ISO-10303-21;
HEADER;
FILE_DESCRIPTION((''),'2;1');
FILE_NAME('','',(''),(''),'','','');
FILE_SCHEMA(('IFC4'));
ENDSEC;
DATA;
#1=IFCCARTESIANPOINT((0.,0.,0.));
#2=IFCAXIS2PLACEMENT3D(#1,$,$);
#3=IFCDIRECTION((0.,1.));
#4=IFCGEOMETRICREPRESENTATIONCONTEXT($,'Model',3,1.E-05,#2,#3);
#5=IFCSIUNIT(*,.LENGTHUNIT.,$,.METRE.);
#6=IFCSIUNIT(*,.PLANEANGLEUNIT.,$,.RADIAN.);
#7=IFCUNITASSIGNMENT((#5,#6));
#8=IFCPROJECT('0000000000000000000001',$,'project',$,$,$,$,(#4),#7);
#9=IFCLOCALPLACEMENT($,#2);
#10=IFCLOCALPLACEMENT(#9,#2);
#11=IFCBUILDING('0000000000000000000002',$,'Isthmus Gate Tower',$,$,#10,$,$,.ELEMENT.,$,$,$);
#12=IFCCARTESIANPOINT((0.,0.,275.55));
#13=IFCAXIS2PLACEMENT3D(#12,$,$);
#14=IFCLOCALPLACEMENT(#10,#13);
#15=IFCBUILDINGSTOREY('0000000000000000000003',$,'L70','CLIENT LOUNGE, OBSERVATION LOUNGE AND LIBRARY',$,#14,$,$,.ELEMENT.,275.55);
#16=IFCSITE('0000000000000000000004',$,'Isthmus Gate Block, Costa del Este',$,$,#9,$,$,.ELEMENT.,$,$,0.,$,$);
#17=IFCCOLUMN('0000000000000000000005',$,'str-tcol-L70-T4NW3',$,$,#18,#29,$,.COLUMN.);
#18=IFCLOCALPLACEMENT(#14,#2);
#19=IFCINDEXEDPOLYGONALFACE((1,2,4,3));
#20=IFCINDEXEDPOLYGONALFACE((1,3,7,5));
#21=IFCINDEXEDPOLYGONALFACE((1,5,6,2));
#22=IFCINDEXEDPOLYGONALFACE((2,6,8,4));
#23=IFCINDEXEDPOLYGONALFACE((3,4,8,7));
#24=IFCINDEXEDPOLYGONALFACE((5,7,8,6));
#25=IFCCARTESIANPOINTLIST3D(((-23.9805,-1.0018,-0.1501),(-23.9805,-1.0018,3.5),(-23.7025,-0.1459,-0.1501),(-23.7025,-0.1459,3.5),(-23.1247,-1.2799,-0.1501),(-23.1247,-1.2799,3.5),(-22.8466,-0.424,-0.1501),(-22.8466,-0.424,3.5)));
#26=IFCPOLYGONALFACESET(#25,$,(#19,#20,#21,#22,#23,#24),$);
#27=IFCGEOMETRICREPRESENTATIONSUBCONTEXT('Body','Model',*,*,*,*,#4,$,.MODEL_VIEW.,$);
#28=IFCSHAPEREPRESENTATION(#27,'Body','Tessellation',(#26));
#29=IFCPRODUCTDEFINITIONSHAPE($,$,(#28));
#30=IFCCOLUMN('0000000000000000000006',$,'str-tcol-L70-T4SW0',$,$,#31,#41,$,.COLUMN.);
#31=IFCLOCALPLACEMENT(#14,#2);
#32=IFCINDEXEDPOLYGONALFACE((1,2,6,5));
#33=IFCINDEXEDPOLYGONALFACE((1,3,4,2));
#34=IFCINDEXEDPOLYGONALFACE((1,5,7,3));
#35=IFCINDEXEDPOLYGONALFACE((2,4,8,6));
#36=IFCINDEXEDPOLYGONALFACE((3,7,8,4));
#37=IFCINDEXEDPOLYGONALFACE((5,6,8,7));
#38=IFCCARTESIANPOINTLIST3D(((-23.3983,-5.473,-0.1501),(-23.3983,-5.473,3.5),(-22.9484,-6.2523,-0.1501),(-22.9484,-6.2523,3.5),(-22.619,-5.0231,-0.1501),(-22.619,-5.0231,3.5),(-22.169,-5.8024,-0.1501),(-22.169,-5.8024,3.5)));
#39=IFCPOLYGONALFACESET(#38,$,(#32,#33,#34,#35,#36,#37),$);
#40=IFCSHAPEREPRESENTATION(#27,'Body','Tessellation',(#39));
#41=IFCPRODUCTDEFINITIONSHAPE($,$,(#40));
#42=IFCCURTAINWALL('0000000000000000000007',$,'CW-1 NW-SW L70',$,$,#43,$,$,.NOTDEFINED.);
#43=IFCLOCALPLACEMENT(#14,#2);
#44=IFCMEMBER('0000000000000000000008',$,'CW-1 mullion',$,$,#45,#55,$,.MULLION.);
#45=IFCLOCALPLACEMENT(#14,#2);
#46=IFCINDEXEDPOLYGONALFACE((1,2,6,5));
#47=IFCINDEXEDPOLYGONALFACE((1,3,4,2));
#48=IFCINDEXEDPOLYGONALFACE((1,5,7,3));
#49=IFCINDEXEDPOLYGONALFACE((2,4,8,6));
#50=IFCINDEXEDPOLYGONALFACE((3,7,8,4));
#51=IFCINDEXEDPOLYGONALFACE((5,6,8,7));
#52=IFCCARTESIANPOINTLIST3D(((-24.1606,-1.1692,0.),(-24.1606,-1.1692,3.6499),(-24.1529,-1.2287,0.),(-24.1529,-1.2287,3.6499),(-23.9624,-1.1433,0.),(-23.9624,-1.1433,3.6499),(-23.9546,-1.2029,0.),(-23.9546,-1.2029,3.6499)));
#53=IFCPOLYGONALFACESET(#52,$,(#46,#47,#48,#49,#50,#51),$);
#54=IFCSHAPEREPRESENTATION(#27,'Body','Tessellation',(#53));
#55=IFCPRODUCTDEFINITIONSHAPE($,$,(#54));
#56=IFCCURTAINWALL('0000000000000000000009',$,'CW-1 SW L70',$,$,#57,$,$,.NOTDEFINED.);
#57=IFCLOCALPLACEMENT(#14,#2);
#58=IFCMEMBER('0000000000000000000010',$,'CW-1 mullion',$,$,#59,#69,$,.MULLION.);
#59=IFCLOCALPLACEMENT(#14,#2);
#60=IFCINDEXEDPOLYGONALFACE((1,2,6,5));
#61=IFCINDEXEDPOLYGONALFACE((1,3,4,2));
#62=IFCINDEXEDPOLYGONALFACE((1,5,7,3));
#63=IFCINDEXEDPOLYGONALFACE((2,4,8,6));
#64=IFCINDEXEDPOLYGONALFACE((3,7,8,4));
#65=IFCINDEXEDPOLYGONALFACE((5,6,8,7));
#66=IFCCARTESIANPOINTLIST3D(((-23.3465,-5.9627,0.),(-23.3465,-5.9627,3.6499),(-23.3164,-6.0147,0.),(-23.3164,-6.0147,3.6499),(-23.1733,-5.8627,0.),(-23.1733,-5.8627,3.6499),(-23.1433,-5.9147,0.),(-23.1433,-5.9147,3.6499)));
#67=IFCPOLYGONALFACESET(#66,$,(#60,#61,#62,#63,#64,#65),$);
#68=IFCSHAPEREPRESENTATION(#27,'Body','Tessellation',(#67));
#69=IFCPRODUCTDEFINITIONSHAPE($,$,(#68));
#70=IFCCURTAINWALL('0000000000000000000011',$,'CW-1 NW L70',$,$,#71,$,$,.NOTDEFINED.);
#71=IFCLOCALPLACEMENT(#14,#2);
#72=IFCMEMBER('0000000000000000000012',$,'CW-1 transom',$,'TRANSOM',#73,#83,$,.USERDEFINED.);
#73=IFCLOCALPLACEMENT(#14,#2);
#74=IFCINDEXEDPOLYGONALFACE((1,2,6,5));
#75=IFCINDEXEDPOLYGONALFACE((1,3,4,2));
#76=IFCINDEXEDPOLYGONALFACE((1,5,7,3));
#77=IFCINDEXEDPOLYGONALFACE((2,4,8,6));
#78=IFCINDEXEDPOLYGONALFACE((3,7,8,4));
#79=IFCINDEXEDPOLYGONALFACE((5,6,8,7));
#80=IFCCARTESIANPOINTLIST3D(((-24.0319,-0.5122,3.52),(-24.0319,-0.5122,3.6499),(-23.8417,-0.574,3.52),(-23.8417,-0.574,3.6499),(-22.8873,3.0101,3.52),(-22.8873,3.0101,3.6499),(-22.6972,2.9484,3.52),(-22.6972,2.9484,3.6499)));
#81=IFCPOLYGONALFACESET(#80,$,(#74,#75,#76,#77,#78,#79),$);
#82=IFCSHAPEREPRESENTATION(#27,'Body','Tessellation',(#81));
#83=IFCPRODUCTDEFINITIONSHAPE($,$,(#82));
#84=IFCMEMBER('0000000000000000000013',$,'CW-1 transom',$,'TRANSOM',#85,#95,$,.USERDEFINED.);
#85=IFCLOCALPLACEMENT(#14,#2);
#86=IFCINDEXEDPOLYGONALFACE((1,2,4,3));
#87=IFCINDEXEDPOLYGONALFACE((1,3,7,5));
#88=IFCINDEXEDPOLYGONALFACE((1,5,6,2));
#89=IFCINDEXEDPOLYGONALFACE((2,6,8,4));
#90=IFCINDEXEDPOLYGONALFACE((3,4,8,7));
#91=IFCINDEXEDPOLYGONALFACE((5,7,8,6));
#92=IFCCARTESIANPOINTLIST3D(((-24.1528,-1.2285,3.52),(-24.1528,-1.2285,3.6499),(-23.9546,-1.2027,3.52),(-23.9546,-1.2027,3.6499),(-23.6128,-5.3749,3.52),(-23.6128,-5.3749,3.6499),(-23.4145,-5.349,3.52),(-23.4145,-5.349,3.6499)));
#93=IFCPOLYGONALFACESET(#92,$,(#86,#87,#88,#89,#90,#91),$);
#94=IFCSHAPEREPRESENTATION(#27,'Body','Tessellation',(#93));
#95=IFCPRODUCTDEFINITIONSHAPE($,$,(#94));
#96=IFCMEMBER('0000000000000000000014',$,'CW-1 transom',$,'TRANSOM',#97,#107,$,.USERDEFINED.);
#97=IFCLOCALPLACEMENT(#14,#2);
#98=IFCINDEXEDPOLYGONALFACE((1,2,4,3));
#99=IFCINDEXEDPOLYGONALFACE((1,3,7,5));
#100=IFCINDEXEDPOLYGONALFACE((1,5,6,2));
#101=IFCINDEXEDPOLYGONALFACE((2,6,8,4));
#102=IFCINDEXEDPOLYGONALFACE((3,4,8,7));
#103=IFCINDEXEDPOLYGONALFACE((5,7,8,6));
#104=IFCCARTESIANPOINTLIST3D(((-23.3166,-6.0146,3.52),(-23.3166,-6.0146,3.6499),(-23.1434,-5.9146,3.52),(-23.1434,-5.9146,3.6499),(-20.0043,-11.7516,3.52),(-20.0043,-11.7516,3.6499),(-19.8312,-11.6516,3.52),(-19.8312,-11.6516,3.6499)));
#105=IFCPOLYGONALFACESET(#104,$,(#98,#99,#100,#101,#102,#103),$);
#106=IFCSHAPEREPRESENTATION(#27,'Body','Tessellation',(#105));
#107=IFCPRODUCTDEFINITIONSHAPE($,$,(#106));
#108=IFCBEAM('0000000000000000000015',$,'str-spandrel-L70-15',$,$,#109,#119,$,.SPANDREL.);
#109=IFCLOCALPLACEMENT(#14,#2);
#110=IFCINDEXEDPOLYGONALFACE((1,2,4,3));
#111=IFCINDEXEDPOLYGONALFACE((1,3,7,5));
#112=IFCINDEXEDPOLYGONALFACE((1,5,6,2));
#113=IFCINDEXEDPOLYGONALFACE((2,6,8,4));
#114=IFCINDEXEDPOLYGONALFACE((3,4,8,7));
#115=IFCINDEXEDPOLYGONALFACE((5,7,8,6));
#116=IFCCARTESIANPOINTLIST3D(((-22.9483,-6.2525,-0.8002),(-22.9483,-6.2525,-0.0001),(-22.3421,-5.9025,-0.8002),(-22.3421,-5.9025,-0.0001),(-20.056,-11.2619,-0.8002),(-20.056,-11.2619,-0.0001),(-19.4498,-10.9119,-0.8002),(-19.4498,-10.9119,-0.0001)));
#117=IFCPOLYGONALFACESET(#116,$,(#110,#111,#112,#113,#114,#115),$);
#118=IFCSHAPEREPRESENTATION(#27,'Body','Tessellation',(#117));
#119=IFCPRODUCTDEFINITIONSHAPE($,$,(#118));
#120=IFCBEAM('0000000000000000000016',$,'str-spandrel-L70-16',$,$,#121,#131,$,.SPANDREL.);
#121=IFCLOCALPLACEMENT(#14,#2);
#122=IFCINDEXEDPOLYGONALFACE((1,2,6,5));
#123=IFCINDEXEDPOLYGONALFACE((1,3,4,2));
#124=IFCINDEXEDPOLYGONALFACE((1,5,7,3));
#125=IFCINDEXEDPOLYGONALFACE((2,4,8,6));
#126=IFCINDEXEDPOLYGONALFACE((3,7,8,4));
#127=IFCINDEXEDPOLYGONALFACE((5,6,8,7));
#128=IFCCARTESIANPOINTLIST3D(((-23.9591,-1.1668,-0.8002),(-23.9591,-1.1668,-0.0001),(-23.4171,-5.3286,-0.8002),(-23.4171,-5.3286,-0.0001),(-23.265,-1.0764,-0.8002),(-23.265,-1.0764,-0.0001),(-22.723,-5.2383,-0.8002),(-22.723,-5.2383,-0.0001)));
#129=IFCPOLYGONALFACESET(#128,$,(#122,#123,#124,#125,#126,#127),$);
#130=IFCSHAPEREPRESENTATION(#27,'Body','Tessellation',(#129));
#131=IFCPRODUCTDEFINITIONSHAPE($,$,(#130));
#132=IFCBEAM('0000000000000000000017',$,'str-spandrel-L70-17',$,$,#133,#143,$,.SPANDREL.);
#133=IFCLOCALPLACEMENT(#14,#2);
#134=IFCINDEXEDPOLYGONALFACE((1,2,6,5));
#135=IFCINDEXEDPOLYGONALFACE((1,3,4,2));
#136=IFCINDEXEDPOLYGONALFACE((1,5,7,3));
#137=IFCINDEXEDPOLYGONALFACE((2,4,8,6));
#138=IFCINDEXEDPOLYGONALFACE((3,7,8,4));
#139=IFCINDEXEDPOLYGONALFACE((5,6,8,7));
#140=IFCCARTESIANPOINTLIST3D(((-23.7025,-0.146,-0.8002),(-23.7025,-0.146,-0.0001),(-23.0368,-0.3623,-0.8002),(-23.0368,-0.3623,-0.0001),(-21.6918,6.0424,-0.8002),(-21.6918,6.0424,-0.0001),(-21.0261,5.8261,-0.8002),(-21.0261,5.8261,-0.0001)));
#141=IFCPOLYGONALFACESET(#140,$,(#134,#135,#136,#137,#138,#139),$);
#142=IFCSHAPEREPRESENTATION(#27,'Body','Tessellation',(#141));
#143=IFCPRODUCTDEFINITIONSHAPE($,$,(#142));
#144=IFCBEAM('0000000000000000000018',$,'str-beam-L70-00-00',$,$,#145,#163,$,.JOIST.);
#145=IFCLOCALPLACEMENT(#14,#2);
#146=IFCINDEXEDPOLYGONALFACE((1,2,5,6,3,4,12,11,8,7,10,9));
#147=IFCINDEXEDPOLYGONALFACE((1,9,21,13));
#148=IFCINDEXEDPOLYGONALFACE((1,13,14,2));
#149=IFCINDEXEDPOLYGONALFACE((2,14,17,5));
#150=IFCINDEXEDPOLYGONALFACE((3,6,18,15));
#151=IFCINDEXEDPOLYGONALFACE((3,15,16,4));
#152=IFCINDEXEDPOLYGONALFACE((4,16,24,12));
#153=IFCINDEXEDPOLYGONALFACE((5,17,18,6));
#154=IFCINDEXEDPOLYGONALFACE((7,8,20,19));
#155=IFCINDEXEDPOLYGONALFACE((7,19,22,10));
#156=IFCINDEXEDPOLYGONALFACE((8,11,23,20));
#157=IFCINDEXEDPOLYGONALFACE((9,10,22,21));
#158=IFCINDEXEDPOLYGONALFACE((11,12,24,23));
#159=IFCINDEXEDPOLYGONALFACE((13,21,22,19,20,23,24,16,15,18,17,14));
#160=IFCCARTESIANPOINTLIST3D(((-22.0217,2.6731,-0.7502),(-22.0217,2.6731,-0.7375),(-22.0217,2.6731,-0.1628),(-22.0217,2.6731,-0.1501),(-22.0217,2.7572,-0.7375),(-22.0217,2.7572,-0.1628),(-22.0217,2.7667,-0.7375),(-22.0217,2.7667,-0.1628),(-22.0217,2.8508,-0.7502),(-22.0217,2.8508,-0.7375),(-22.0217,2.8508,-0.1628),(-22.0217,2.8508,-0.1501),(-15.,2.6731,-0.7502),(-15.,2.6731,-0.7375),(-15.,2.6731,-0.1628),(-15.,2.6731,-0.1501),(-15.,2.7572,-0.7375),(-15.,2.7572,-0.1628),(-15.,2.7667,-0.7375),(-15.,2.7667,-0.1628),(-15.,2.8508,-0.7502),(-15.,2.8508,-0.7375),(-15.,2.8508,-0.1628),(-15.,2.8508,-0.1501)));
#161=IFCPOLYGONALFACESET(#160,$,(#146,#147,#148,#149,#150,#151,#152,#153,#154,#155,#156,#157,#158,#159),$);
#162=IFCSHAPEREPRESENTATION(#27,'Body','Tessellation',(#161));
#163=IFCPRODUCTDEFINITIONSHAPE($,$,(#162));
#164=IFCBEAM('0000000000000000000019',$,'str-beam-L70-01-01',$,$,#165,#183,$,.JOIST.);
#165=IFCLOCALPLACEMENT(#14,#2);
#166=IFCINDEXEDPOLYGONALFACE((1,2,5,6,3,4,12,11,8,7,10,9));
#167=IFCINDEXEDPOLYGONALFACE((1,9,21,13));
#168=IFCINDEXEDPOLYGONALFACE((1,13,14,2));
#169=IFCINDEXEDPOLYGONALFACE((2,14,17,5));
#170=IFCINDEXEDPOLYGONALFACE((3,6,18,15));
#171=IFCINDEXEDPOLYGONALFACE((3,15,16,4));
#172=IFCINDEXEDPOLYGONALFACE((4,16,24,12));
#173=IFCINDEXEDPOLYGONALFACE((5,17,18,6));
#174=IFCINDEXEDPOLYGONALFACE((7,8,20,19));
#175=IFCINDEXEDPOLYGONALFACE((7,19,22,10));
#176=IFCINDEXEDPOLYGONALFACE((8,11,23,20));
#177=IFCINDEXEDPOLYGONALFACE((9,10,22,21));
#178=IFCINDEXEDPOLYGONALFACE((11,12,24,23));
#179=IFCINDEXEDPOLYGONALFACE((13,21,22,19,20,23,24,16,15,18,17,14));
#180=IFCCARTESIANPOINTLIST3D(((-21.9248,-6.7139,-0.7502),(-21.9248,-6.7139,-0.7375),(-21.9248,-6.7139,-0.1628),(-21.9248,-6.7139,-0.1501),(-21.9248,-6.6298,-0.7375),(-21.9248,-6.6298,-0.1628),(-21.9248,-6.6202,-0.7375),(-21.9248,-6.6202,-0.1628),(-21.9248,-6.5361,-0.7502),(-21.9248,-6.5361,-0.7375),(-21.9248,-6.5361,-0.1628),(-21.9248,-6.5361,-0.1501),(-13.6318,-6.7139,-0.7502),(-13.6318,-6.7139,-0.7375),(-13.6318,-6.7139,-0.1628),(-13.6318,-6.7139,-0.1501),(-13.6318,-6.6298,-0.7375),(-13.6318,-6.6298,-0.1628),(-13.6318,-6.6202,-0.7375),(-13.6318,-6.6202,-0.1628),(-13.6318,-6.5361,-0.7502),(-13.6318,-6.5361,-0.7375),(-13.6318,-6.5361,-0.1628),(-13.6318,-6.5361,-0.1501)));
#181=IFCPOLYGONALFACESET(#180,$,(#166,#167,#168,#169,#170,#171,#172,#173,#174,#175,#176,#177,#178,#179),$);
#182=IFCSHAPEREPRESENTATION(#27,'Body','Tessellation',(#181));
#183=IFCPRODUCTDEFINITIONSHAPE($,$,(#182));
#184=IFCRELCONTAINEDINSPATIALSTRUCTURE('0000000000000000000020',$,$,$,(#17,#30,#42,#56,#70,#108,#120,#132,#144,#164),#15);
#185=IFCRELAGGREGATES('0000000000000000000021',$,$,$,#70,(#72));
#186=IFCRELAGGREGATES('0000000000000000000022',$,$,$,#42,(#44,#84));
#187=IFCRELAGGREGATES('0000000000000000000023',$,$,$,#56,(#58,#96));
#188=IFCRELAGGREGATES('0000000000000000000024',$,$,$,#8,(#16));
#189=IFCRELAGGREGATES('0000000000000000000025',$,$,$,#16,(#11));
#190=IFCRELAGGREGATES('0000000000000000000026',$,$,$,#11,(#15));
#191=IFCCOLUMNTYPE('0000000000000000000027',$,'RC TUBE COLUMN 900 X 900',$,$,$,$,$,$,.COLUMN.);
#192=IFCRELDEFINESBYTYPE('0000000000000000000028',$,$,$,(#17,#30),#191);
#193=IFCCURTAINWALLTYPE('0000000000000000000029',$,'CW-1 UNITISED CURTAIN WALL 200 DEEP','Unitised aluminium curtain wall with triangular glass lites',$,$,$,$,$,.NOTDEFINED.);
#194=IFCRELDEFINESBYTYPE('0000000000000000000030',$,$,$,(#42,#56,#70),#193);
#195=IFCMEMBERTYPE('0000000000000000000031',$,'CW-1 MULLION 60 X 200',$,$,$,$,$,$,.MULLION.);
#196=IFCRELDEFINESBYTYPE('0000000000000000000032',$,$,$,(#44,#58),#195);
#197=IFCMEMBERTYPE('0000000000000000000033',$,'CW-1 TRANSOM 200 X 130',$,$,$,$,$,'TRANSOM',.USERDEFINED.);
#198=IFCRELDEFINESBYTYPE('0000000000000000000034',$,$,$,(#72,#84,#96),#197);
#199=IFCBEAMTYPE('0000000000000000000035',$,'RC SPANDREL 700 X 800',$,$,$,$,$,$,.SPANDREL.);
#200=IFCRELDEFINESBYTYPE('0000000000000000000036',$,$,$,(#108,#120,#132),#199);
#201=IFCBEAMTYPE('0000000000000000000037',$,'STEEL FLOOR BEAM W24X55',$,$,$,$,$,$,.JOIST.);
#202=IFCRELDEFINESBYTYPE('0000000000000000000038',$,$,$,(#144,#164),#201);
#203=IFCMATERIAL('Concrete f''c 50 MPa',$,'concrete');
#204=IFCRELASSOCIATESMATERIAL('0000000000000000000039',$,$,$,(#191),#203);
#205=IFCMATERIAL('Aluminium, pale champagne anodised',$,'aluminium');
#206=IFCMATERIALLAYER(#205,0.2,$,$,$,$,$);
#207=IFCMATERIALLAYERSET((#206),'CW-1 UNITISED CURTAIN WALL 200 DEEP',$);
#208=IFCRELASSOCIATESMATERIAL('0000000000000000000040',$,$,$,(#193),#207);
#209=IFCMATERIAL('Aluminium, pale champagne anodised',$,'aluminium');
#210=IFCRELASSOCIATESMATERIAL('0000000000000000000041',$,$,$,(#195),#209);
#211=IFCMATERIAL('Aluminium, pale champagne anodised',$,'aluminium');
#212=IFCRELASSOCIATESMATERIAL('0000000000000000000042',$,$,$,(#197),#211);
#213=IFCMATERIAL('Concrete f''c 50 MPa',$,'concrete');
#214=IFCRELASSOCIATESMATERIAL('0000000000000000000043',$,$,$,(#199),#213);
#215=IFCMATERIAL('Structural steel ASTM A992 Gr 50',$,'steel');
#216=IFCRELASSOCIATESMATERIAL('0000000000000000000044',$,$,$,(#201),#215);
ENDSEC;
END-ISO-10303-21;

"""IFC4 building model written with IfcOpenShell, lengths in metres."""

from ifc_helpers import new_model, si_unit, direction, frame, origin, origin_2d, place, context, subcontext, project, spatial, rectangle, i_section, extrude, material, layer, layer_set, material_profile, profile_set, type_object, element, aggregate, save


model = new_model("IFC4")

# Units and contexts
model_context = context("Model", 3, precision=1e-05, world=origin(), true_north=direction((0.0, 1.0)))
body_context = subcontext(model_context, "Body", "Model", "MODEL_VIEW")
ifc_project = project(units=[si_unit("LENGTHUNIT", "METRE"), si_unit("PLANEANGLEUNIT", "RADIAN")], contexts=[model_context])

# Site, building, storey
site_placement = place(None, origin())
site = spatial("IfcSite", under=ifc_project, at=site_placement, Name="Isthmus Gate Block, Costa del Este", CompositionType="ELEMENT", RefElevation=0.0)
building_placement = place(site_placement, origin())
building = spatial("IfcBuilding", under=site, at=building_placement, Name="Isthmus Gate Tower", CompositionType="ELEMENT")
storey_placement = place(building_placement, frame((0.0, 0.0, 275.55)))
storey = spatial("IfcBuildingStorey", under=building, at=storey_placement, Name="L70", Description="CLIENT LOUNGE, OBSERVATION LOUNGE AND LIBRARY", CompositionType="ELEMENT", Elevation=275.55)

# Columns
ifc_material_1 = material(Name="Concrete f'c 50 MPa", Category="concrete")
ifc_material_profile_1 = material_profile(ifc_material_1, rectangle(XDim=0.8999, YDim=0.8999, at=origin_2d()), Name="RC 900X900")
ifc_profile_set_1 = profile_set([ifc_material_profile_1], Name="Concrete f'c 50 MPa")
column_type = type_object("IfcColumnType", Name="RC TUBE COLUMN 900 X 900", PredefinedType="COLUMN", material=ifc_profile_set_1)
for number, where, z_axis, x_axis, name in (
    (1, (-23.4136, -0.7129, -0.1501), (0.0, 0.0, 1.0), (-0.309017, -0.951057, 0.0), "str-tcol-L70-T4NW3"),
    (2, (-22.7837, -5.6377, -0.1501), (0.0, 0.0, 1.0), (0.5, -0.866025, 0.0), "str-tcol-L70-T4SW0"),
):
    element("IfcColumn", number, at=place(storey_placement, frame(where, z_axis=z_axis, x_axis=x_axis)), inside=storey, type_object=column_type, Name=name, PredefinedType="COLUMN", context=body_context, shape_type="SweptSolid", body=[
        extrude(rectangle(XDim=0.8999, YDim=0.8999, at=origin_2d()), origin(), (0.0, 0.0, 1.0), 3.6501),
    ])

# Curtain walls, members
ifc_material_2 = material(Name="Aluminium, pale champagne anodised", Category="aluminium")
ifc_layer_1 = layer(ifc_material_2, 0.2)
ifc_layer_set_1 = layer_set([ifc_layer_1], Name="CW-1 UNITISED CURTAIN WALL 200 DEEP")
curtain_wall_type = type_object("IfcCurtainWallType", Name="CW-1 UNITISED CURTAIN WALL 200 DEEP", Description="Unitised aluminium curtain wall with triangular glass lites", PredefinedType="NOTDEFINED", material=ifc_layer_set_1)
curtain_wall_1_placement = place(storey_placement, origin())
curtain_wall_1 = element("IfcCurtainWall", 3, at=curtain_wall_1_placement, inside=storey, type_object=curtain_wall_type, Name="CW-1 NW-SW L70", PredefinedType="NOTDEFINED")
ifc_material_3 = material(Name="Aluminium, pale champagne anodised", Category="aluminium")
ifc_material_profile_2 = material_profile(ifc_material_3, rectangle(XDim=0.0601, YDim=0.2, at=origin_2d()), Name="60x200")
ifc_profile_set_2 = profile_set([ifc_material_profile_2], Name="Aluminium, pale champagne anodised")
member_type_1 = type_object("IfcMemberType", Name="CW-1 MULLION 60 X 200", PredefinedType="MULLION", material=ifc_profile_set_2)
member_1_placement = place(storey_placement, frame((-24.0576, -1.186, 0.0), z_axis=(0.0, 0.0, 1.0), x_axis=(0.129165, -0.991623, 0.0)))
member_1 = element("IfcMember", 4, at=member_1_placement, type_object=member_type_1, Name="CW-1 mullion", PredefinedType="MULLION", context=body_context, shape_type="SweptSolid", body=[
    extrude(rectangle(XDim=0.0601, YDim=0.2, at=origin_2d()), origin(), (0.0, 0.0, 1.0), 3.6499),
])
curtain_wall_2_placement = place(storey_placement, origin())
curtain_wall_2 = element("IfcCurtainWall", 5, at=curtain_wall_2_placement, inside=storey, type_object=curtain_wall_type, Name="CW-1 SW L70", PredefinedType="NOTDEFINED")
member_2_placement = place(storey_placement, frame((-23.2449, -5.9387, 0.0), z_axis=(0.0, 0.0, 1.0), x_axis=(0.5, -0.866025, 0.0)))
member_2 = element("IfcMember", 6, at=member_2_placement, type_object=member_type_1, Name="CW-1 mullion", PredefinedType="MULLION", context=body_context, shape_type="SweptSolid", body=[
    extrude(rectangle(XDim=0.0601, YDim=0.2, at=origin_2d()), origin(), (0.0, 0.0, 1.0), 3.6499),
])
curtain_wall_3_placement = place(storey_placement, origin())
curtain_wall_3 = element("IfcCurtainWall", 7, at=curtain_wall_3_placement, inside=storey, type_object=curtain_wall_type, Name="CW-1 NW L70", PredefinedType="NOTDEFINED")
ifc_material_4 = material(Name="Aluminium, pale champagne anodised", Category="aluminium")
ifc_material_profile_3 = material_profile(ifc_material_4, rectangle(XDim=0.2, YDim=0.1299, at=origin_2d()), Name="200x130")
ifc_profile_set_3 = profile_set([ifc_material_profile_3], Name="Aluminium, pale champagne anodised")
member_type_2 = type_object("IfcMemberType", Name="CW-1 TRANSOM 200 X 130", ElementType="TRANSOM", PredefinedType="USERDEFINED", material=ifc_profile_set_3)
member_3_placement = place(storey_placement, frame((-22.7922, 2.9792, 3.585), z_axis=(-0.30904, -0.951049, 0.0), x_axis=(0.951049, -0.30904, 0.0)))
member_3 = element("IfcMember", 8, at=member_3_placement, type_object=member_type_2, Name="CW-1 transom", ObjectType="TRANSOM", PredefinedType="USERDEFINED", context=body_context, shape_type="SweptSolid", body=[
    extrude(rectangle(XDim=0.2, YDim=0.1299, at=origin_2d()), origin(), (0.0, 0.0, 1.0), 3.7036),
])

# Members
member_4_placement = place(storey_placement, frame((-24.0537, -1.2156, 3.585), z_axis=(0.129149, -0.991625, 0.0), x_axis=(0.991625, 0.129149, 0.0)))
member_4 = element("IfcMember", 9, at=member_4_placement, type_object=member_type_2, Name="CW-1 transom", ObjectType="TRANSOM", PredefinedType="USERDEFINED", context=body_context, shape_type="SweptSolid", body=[
    extrude(rectangle(XDim=0.2, YDim=0.1299, at=origin_2d()), origin(), (0.0, 0.0, 1.0), 4.1814),
])
member_5_placement = place(storey_placement, frame((-23.23, -5.9646, 3.585), z_axis=(0.499996, -0.866028, 0.0), x_axis=(0.866028, 0.499996, 0.0)))
member_5 = element("IfcMember", 10, at=member_5_placement, type_object=member_type_2, Name="CW-1 transom", ObjectType="TRANSOM", PredefinedType="USERDEFINED", context=body_context, shape_type="SweptSolid", body=[
    extrude(rectangle(XDim=0.2, YDim=0.1299, at=origin_2d()), origin(), (0.0, 0.0, 1.0), 6.6245),
])

# Beams
ifc_material_5 = material(Name="Concrete f'c 50 MPa", Category="concrete")
ifc_material_profile_4 = material_profile(ifc_material_5, rectangle(XDim=0.7, YDim=0.8, at=origin_2d()), Name="RC 700X800")
ifc_profile_set_4 = profile_set([ifc_material_profile_4], Name="Concrete f'c 50 MPa")
beam_type_1 = type_object("IfcBeamType", Name="RC SPANDREL 700 X 800", PredefinedType="SPANDREL", material=ifc_profile_set_4)
beam_1_placement = place(storey_placement, frame((-19.7529, -11.0869, -0.4001), z_axis=(-0.500011, 0.866019, 0.0), x_axis=(-0.866019, -0.500011, 0.0)))
element("IfcBeam", 11, at=beam_1_placement, inside=storey, type_object=beam_type_1, Name="str-spandrel-L70-15", PredefinedType="SPANDREL", context=body_context, shape_type="SweptSolid", body=[
    extrude(rectangle(XDim=0.7, YDim=0.8, at=origin_2d()), origin(), (0.0, 0.0, 1.0), 5.7844),
])
beam_2_placement = place(storey_placement, frame((-23.0701, -5.2834, -0.4001), z_axis=(-0.129138, 0.991627, 0.0), x_axis=(-0.991627, -0.129138, 0.0)))
element("IfcBeam", 12, at=beam_2_placement, inside=storey, type_object=beam_type_1, Name="str-spandrel-L70-16", PredefinedType="SPANDREL", context=body_context, shape_type="SweptSolid", body=[
    extrude(rectangle(XDim=0.7, YDim=0.8, at=origin_2d()), origin(), (0.0, 0.0, 1.0), 4.197),
])
beam_3_placement = place(storey_placement, frame((-23.3696, -0.2542, -0.4001), z_axis=(0.309015, 0.951057, 0.0), x_axis=(-0.951057, 0.309015, 0.0)))
element("IfcBeam", 13, at=beam_3_placement, inside=storey, type_object=beam_type_1, Name="str-spandrel-L70-17", PredefinedType="SPANDREL", context=body_context, shape_type="SweptSolid", body=[
    extrude(rectangle(XDim=0.7, YDim=0.8, at=origin_2d()), origin(), (0.0, 0.0, 1.0), 6.5068),
])
ifc_material_6 = material(Name="Structural steel ASTM A992 Gr 50", Category="steel")
ifc_material_profile_5 = material_profile(ifc_material_6, i_section(OverallWidth=0.1777, OverallDepth=0.6001, WebThickness=0.0095, FlangeThickness=0.0127, at=origin_2d()), Name="W24X55")
ifc_profile_set_5 = profile_set([ifc_material_profile_5], Name="Structural steel ASTM A992 Gr 50")
beam_type_2 = type_object("IfcBeamType", Name="STEEL FLOOR BEAM W24X55", PredefinedType="JOIST", material=ifc_profile_set_5)
beam_4_placement = place(storey_placement, frame((-22.0217, 2.762, -0.4502), z_axis=(1.0, 0.0, 0.0), x_axis=(0.0, 1.0, 0.0)))
element("IfcBeam", 14, at=beam_4_placement, inside=storey, type_object=beam_type_2, Name="str-beam-L70-00-00", PredefinedType="JOIST", context=body_context, shape_type="SweptSolid", body=[
    extrude(i_section(OverallWidth=0.1777, OverallDepth=0.6001, WebThickness=0.0095, FlangeThickness=0.0127, at=origin_2d()), origin(), (0.0, 0.0, 1.0), 7.0217),
])
beam_5_placement = place(storey_placement, frame((-21.9248, -6.625, -0.4502), z_axis=(1.0, 0.0, 0.0), x_axis=(0.0, 1.0, 0.0)))
element("IfcBeam", 15, at=beam_5_placement, inside=storey, type_object=beam_type_2, Name="str-beam-L70-01-01", PredefinedType="JOIST", context=body_context, shape_type="SweptSolid", body=[
    extrude(i_section(OverallWidth=0.1777, OverallDepth=0.6001, WebThickness=0.0095, FlangeThickness=0.0127, at=origin_2d()), origin(), (0.0, 0.0, 1.0), 8.293),
])

aggregate(curtain_wall_3, [member_3])
aggregate(curtain_wall_1, [member_1, member_4])
aggregate(curtain_wall_2, [member_2, member_5])

save(model, "model.ifc")
